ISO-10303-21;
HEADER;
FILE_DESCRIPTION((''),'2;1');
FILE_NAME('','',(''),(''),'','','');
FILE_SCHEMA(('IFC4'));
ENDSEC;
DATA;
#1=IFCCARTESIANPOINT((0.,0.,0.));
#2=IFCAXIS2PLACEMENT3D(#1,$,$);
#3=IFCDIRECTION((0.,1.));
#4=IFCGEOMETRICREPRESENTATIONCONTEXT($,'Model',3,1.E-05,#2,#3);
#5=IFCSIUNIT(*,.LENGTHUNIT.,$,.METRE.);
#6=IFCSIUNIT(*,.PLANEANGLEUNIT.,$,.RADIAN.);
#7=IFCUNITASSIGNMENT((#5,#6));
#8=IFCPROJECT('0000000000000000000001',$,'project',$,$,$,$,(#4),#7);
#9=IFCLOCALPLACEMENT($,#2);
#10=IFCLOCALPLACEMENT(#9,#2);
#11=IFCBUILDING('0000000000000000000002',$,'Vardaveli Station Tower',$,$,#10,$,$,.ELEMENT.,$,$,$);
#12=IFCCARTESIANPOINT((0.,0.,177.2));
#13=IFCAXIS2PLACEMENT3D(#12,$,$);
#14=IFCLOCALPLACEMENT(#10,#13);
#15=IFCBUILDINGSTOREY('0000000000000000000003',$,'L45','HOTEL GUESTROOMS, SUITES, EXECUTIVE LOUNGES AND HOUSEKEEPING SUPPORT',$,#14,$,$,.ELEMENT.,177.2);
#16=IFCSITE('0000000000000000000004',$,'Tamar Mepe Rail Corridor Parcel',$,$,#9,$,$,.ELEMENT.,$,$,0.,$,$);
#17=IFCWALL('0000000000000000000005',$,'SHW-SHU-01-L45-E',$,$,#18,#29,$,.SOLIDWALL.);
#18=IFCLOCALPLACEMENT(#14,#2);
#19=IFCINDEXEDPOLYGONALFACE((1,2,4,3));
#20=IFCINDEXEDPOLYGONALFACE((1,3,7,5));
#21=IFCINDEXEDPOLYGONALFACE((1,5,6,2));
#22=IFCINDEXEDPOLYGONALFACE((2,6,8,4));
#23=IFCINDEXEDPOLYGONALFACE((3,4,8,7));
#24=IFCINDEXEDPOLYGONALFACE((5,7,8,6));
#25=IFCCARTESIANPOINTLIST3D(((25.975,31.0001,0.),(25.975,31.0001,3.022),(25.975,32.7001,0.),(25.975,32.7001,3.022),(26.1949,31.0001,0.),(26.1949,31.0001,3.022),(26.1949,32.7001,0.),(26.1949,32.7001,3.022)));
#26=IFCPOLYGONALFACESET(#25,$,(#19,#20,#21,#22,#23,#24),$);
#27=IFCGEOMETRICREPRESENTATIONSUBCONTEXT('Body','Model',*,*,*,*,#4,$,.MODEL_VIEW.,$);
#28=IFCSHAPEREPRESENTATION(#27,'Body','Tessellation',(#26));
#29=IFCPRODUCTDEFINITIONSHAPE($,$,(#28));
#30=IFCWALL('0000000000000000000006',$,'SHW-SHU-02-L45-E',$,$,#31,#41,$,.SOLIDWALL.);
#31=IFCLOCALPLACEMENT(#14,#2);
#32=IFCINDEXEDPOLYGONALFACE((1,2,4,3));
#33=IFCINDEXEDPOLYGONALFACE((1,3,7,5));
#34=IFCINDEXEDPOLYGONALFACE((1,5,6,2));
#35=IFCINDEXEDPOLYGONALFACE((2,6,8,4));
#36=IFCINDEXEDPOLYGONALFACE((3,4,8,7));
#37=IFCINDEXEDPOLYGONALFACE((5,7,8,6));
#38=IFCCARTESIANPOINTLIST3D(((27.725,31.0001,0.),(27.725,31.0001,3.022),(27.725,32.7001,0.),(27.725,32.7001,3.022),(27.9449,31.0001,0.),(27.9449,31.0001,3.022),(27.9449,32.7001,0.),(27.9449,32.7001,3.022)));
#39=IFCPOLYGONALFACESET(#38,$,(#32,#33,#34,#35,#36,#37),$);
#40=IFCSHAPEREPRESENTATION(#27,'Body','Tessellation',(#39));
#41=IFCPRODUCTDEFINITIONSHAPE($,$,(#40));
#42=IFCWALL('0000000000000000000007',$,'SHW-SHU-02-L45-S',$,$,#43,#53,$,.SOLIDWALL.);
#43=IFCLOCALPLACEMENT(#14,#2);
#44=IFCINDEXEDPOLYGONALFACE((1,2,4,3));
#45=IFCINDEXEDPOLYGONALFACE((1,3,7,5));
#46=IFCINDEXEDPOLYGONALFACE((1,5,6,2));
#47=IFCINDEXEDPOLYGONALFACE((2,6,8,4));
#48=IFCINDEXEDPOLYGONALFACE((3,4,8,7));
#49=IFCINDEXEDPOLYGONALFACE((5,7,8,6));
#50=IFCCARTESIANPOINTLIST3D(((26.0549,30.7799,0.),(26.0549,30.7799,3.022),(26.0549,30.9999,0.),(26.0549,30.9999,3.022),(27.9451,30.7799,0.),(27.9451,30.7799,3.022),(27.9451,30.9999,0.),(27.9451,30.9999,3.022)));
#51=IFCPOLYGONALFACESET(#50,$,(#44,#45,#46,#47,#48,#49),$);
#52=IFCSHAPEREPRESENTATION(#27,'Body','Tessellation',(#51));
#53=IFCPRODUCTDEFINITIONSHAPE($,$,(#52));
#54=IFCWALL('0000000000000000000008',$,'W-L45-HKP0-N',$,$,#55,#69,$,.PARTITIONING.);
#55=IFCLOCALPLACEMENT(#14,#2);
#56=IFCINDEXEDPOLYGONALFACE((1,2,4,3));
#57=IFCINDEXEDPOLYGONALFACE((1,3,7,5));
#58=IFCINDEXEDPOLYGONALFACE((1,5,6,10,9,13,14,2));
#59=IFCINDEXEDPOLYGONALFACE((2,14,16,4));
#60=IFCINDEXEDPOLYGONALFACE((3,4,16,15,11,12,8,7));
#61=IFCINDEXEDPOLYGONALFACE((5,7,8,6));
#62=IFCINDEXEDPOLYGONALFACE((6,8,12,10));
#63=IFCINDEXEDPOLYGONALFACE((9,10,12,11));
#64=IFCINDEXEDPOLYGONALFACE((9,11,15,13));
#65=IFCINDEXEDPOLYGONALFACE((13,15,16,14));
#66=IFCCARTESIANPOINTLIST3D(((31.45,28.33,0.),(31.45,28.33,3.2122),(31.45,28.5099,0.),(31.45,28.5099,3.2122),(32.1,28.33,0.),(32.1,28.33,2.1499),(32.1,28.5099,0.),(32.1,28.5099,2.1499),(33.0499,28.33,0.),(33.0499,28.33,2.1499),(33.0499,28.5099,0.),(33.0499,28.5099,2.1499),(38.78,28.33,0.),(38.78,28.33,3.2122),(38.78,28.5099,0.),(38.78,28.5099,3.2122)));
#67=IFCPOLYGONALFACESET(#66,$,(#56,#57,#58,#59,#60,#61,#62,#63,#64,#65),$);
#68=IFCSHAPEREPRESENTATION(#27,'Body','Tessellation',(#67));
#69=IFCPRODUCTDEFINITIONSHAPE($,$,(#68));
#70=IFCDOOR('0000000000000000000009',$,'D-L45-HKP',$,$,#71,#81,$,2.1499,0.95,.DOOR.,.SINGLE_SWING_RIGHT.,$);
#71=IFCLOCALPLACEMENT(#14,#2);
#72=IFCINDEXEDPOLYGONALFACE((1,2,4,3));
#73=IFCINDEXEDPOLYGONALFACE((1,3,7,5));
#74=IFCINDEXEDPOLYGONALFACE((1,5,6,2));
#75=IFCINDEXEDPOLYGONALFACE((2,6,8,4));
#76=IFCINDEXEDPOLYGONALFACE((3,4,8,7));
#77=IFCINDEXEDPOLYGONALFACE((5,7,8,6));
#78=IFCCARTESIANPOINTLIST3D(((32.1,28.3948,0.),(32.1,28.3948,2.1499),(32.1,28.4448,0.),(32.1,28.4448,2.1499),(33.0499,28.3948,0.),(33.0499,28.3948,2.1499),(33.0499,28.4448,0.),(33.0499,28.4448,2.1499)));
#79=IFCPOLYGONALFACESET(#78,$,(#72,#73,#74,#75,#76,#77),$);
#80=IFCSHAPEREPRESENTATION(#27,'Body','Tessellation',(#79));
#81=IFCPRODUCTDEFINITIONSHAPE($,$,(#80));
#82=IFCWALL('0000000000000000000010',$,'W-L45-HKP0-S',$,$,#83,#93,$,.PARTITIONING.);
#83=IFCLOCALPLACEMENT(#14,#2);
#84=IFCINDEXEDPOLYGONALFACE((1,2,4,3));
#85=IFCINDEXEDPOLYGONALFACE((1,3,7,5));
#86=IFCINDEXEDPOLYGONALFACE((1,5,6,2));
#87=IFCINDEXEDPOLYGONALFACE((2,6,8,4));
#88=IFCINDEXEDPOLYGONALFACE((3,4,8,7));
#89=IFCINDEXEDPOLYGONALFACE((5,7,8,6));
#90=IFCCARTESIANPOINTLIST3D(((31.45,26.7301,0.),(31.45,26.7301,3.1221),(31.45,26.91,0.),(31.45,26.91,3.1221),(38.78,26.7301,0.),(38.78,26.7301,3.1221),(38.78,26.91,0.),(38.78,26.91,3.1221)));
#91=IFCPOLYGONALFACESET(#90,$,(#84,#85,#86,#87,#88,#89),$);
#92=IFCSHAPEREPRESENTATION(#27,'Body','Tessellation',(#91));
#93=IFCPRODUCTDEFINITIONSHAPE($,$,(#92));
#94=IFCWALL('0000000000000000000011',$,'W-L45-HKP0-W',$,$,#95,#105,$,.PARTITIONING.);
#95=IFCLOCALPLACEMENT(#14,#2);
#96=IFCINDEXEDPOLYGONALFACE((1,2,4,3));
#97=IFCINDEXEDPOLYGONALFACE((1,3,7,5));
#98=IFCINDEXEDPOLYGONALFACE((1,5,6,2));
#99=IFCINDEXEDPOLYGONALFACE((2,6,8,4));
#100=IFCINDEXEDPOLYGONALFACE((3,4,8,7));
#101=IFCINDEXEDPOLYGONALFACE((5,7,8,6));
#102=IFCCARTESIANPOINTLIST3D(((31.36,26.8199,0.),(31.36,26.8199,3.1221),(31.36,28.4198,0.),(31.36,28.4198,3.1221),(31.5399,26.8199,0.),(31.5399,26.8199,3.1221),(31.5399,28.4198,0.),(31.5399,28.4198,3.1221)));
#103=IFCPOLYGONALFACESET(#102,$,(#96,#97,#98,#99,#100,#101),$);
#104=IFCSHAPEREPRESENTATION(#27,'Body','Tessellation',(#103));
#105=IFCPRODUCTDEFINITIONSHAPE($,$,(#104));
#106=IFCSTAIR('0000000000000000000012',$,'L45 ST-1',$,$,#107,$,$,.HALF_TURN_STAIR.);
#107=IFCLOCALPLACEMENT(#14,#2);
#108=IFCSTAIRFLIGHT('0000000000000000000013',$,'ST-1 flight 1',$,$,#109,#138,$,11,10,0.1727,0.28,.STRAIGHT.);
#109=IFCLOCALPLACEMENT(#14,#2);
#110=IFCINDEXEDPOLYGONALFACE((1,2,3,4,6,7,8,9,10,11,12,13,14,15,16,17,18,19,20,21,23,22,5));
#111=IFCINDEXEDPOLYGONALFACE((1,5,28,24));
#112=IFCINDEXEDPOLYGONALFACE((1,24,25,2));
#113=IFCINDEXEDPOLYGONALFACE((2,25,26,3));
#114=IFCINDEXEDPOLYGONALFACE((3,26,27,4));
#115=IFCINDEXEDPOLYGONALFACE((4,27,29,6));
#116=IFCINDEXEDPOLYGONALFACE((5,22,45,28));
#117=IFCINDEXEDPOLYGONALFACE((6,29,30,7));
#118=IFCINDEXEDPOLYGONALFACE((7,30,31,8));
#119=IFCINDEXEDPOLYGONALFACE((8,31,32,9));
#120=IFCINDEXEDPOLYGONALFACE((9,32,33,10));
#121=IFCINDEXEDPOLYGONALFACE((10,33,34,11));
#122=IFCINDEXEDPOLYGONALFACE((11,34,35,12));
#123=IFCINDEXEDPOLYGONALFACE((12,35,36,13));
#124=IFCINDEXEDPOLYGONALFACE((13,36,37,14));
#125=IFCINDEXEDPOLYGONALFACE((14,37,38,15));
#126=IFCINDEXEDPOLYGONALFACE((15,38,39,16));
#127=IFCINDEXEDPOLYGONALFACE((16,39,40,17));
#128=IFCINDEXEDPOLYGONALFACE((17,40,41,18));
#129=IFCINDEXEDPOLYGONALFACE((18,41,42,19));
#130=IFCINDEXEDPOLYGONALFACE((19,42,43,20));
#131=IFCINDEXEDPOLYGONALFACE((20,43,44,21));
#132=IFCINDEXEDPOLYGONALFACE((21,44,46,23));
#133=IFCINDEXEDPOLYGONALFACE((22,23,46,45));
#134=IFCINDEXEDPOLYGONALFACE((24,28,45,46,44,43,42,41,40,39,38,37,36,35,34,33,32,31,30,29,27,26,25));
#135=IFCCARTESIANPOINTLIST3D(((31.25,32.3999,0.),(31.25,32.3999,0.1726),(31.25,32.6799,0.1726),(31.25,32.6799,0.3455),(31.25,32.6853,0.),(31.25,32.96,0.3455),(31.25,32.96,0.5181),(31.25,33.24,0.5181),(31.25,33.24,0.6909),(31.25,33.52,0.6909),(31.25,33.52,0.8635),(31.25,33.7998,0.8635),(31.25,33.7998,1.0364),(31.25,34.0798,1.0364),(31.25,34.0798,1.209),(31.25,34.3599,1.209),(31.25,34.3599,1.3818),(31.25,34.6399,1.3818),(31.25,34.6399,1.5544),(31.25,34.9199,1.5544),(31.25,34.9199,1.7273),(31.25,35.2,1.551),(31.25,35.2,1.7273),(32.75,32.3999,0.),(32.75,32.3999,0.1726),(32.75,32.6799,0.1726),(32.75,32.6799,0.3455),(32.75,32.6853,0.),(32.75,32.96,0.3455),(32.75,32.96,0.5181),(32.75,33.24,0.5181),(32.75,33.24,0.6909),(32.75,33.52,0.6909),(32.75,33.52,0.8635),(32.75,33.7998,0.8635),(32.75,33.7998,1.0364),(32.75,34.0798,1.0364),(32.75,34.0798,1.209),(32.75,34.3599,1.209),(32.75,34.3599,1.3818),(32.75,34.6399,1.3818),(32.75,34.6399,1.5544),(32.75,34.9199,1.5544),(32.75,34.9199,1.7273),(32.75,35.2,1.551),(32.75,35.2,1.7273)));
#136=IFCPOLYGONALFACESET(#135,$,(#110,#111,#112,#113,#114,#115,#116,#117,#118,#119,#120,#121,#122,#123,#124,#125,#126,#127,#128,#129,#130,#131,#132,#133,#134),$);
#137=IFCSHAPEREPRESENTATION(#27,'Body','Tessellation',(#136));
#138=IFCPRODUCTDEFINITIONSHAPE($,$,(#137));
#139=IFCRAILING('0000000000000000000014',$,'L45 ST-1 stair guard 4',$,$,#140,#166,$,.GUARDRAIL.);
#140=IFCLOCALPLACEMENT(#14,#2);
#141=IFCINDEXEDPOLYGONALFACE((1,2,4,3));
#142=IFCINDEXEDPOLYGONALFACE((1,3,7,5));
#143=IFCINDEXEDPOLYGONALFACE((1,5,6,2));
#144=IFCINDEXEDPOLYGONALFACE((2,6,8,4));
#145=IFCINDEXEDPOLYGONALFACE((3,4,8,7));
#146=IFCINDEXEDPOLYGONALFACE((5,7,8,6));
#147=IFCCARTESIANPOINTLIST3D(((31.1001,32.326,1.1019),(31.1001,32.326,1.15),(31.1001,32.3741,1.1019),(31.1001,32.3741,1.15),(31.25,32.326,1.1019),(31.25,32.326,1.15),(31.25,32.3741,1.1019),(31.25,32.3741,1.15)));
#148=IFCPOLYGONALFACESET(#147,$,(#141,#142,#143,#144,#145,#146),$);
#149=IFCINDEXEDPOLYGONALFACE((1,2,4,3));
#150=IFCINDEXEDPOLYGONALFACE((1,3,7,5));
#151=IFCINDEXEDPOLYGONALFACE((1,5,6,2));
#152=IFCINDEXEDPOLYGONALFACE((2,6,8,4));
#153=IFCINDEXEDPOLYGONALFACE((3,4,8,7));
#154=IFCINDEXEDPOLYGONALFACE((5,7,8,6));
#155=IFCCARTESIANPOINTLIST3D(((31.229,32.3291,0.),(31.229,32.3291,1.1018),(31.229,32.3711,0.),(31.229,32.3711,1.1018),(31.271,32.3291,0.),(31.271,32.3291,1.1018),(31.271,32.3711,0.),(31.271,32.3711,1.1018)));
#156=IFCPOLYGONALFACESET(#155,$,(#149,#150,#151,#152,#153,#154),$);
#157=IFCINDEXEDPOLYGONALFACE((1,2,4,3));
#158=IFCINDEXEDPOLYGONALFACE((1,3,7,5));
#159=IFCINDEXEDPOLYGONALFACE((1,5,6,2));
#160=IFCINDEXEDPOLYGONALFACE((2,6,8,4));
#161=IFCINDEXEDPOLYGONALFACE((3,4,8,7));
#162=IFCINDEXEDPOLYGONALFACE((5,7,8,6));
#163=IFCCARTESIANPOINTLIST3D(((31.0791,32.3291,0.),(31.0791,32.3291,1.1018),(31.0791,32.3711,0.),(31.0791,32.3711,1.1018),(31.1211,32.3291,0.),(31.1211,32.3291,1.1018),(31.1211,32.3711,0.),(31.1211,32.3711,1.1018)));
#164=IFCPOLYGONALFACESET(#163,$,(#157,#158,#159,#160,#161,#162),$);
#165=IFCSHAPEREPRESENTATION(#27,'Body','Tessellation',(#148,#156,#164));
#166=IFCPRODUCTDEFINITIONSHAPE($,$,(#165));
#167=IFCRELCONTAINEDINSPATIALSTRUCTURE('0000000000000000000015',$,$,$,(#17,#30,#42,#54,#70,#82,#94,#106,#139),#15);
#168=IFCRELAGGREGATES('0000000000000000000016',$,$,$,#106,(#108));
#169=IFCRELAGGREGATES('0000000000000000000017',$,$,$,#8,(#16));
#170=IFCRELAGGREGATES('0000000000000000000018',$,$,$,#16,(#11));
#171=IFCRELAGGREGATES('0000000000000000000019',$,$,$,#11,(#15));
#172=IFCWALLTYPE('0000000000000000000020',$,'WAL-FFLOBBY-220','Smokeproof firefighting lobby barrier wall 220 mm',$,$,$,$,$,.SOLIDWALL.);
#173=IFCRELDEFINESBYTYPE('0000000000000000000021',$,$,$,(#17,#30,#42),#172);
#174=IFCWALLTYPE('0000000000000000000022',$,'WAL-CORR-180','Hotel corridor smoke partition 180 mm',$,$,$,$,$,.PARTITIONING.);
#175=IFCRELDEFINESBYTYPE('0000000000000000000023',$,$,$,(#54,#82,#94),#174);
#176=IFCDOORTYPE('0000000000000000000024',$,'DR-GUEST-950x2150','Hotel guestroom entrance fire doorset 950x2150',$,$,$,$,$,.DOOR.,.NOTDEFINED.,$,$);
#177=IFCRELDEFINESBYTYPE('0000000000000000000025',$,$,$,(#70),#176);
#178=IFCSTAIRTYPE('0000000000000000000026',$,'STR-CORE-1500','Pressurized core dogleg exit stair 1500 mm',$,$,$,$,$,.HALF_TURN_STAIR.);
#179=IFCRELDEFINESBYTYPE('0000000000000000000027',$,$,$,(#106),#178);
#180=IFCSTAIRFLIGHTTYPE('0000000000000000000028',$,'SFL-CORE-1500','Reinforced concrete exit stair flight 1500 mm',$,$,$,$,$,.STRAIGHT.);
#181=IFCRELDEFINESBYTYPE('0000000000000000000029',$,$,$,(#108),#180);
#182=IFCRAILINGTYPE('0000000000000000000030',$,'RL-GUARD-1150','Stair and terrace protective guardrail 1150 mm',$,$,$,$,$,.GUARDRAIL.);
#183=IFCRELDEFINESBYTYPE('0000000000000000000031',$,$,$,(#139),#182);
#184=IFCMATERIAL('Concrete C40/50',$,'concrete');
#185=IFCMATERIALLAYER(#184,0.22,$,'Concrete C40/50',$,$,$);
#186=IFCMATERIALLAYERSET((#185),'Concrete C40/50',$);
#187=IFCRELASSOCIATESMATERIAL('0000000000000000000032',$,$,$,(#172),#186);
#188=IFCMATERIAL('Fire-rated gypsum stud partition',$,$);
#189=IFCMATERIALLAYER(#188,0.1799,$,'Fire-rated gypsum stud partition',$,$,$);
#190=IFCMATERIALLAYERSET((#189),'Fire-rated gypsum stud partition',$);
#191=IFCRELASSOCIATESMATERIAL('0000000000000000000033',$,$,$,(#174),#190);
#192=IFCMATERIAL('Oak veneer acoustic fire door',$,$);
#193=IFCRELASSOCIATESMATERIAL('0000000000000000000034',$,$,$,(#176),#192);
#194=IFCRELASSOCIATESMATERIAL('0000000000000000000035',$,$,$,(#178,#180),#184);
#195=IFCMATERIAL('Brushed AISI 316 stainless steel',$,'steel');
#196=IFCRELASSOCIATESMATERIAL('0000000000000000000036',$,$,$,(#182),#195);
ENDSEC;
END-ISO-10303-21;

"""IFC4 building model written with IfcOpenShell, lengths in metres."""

from ifc_helpers import new_model, si_unit, direction, frame, frame_2d, origin, origin_2d, place, context, subcontext, project, spatial, polyline, rectangle, outline, extrude, source, transform, mapped, material, layer, layer_set, type_object, element, fill, aggregate, save


model = new_model("IFC4")

# Units and contexts
model_context = context("Model", 3, precision=1e-05, world=origin(), true_north=direction((0.0, 1.0)))
body_context = subcontext(model_context, "Body", "Model", "MODEL_VIEW")
ifc_project = project(units=[si_unit("LENGTHUNIT", "METRE"), si_unit("PLANEANGLEUNIT", "RADIAN")], contexts=[model_context])

# Site, building, storey
site_placement = place(None, origin())
site = spatial("IfcSite", under=ifc_project, at=site_placement, Name="Tamar Mepe Rail Corridor Parcel", CompositionType="ELEMENT", RefElevation=0.0)
building_placement = place(site_placement, origin())
building = spatial("IfcBuilding", under=site, at=building_placement, Name="Vardaveli Station Tower", CompositionType="ELEMENT")
storey_placement = place(building_placement, frame((0.0, 0.0, 177.2)))
storey = spatial("IfcBuildingStorey", under=building, at=storey_placement, Name="L45", Description="HOTEL GUESTROOMS, SUITES, EXECUTIVE LOUNGES AND HOUSEKEEPING SUPPORT", CompositionType="ELEMENT", Elevation=177.2)

# Shared definitions
ifc_material_1 = material(Name="Concrete C40/50", Category="concrete")

# Shared definitions
ifc_layer_1 = layer(ifc_material_1, 0.22, Name="Concrete C40/50")
ifc_layer_set_1 = layer_set([ifc_layer_1], Name="Concrete C40/50")
wall_type_1 = type_object("IfcWallType", Name="WAL-FFLOBBY-220", Description="Smokeproof firefighting lobby barrier wall 220 mm", PredefinedType="SOLIDWALL", material=ifc_layer_set_1)

# Walls
shared_shape_1 = source(origin(), body_context, "Body", "SweptSolid", [
    extrude(rectangle(XDim=1.7, YDim=0.22, at=frame_2d((0.8501, 0.0))), origin(), (0.0, 0.0, 1.0), 3.022),
])
for number, where, z_axis, x_axis, name in (
    (1, (26.085, 31.0, 0.0), (0.0, 0.0, 1.0), (0.0, 1.0, 0.0), "SHW-SHU-01-L45-E"),
    (2, (27.835, 31.0, 0.0), (0.0, 0.0, 1.0), (0.0, 1.0, 0.0), "SHW-SHU-02-L45-E"),
):
    element("IfcWall", number, at=place(storey_placement, frame(where, z_axis=z_axis, x_axis=x_axis)), inside=storey, type_object=wall_type_1, Name=name, PredefinedType="SOLIDWALL", context=body_context, shape_type="MappedRepresentation", body=[
        mapped(shared_shape_1, transform((0.0, 0.0, 0.0), scale=1.0)),
    ])
shared_shape_2 = source(origin(), body_context, "Body", "SweptSolid", [
    extrude(rectangle(XDim=1.8901, YDim=0.22, at=frame_2d((0.9451, 0.0))), origin(), (0.0, 0.0, 1.0), 3.022),
])
wall_1_placement = place(storey_placement, frame((26.0549, 30.8899, 0.0), z_axis=(0.0, 0.0, 1.0), x_axis=(1.0, 0.0, 0.0)))
element("IfcWall", 3, at=wall_1_placement, inside=storey, type_object=wall_type_1, Name="SHW-SHU-02-L45-S", PredefinedType="SOLIDWALL", context=body_context, shape_type="MappedRepresentation", body=[
    mapped(shared_shape_2, transform((0.0, 0.0, 0.0), scale=1.0)),
])

# Wall, opening, door
ifc_material_2 = material(Name="Fire-rated gypsum stud partition")
ifc_layer_2 = layer(ifc_material_2, 0.1799, Name="Fire-rated gypsum stud partition")
ifc_layer_set_2 = layer_set([ifc_layer_2], Name="Fire-rated gypsum stud partition")
wall_type_2 = type_object("IfcWallType", Name="WAL-CORR-180", Description="Hotel corridor smoke partition 180 mm", PredefinedType="PARTITIONING", material=ifc_layer_set_2)
shared_shape_3 = source(origin(), body_context, "Body", "SweptSolid", [
    extrude(rectangle(XDim=7.3301, YDim=0.1799, at=frame_2d((3.665, 0.0))), origin(), (0.0, 0.0, 1.0), 3.2122),
])
wall_2_placement = place(storey_placement, frame((31.45, 28.4199, 0.0), z_axis=(0.0, 0.0, 1.0), x_axis=(1.0, 0.0, 0.0)))
wall_2 = element("IfcWall", 4, at=wall_2_placement, inside=storey, type_object=wall_type_2, Name="W-L45-HKP0-N", PredefinedType="PARTITIONING", context=body_context, shape_type="MappedRepresentation", body=[
    mapped(shared_shape_3, transform((0.0, 0.0, 0.0), scale=1.0)),
])
shared_shape_4 = source(origin(), body_context, "Body", "SweptSolid", [
    extrude(rectangle(XDim=0.95, YDim=2.1499, at=frame_2d((0.4751, 1.075))), frame((0.0, 0.1001, 0.0), z_axis=(0.0, -1.0, 0.0), x_axis=(1.0, 0.0, 0.0)), (0.0, 0.0, 1.0), 0.2),
])
opening_1_placement = place(wall_2_placement, frame((0.6499, 0.0, 0.0)))
opening_1 = element("IfcOpeningElement", 5, at=opening_1_placement, cuts=wall_2, PredefinedType="OPENING", context=body_context, shape_type="MappedRepresentation", body=[
    mapped(shared_shape_4, transform((0.0, 0.0, 0.0), scale=1.0)),
])
ifc_material_3 = material(Name="Oak veneer acoustic fire door")
door_type_1 = type_object("IfcDoorType", Name="DR-GUEST-950x2150", Description="Hotel guestroom entrance fire doorset 950x2150", OperationType="NOTDEFINED", PredefinedType="DOOR", material=ifc_material_3)
shared_shape_5 = source(origin(), body_context, "Body", "SweptSolid", [
    extrude(rectangle(XDim=0.95, YDim=2.1499, at=frame_2d((0.4751, 1.075))), frame((0.0, 0.0249, 0.0), z_axis=(0.0, -1.0, 0.0), x_axis=(1.0, 0.0, 0.0)), (0.0, 0.0, 1.0), 0.05),
])
door_1_placement = place(opening_1_placement, origin())
door_1 = element("IfcDoor", 6, at=door_1_placement, inside=storey, type_object=door_type_1, Name="D-L45-HKP", OperationType="SINGLE_SWING_RIGHT", OverallHeight=2.1499, OverallWidth=0.95, PredefinedType="DOOR", context=body_context, shape_type="MappedRepresentation", body=[
    mapped(shared_shape_5, transform((0.0, 0.0, 0.0), scale=1.0)),
])
fill(opening_1, door_1)

# Walls
shared_shape_6 = source(origin(), body_context, "Body", "SweptSolid", [
    extrude(rectangle(XDim=7.3301, YDim=0.1799, at=frame_2d((3.665, 0.0))), origin(), (0.0, 0.0, 1.0), 3.1221),
])
wall_3_placement = place(storey_placement, frame((31.45, 26.8201, 0.0), z_axis=(0.0, 0.0, 1.0), x_axis=(1.0, 0.0, 0.0)))
element("IfcWall", 7, at=wall_3_placement, inside=storey, type_object=wall_type_2, Name="W-L45-HKP0-S", PredefinedType="PARTITIONING", context=body_context, shape_type="MappedRepresentation", body=[
    mapped(shared_shape_6, transform((0.0, 0.0, 0.0), scale=1.0)),
])
shared_shape_7 = source(origin(), body_context, "Body", "SweptSolid", [
    extrude(rectangle(XDim=1.5999, YDim=0.1799, at=frame_2d((0.7998, 0.0))), origin(), (0.0, 0.0, 1.0), 3.1221),
])
wall_4_placement = place(storey_placement, frame((31.45, 26.8201, 0.0), z_axis=(0.0, 0.0, 1.0), x_axis=(0.0, 1.0, 0.0)))
element("IfcWall", 8, at=wall_4_placement, inside=storey, type_object=wall_type_2, Name="W-L45-HKP0-W", PredefinedType="PARTITIONING", context=body_context, shape_type="MappedRepresentation", body=[
    mapped(shared_shape_7, transform((0.0, 0.0, 0.0), scale=1.0)),
])

# Stair, stair flight
stair_type = type_object("IfcStairType", Name="STR-CORE-1500", Description="Pressurized core dogleg exit stair 1500 mm", PredefinedType="HALF_TURN_STAIR", material=ifc_material_1)
stair_placement = place(storey_placement, origin())
stair = element("IfcStair", 9, at=stair_placement, inside=storey, type_object=stair_type, Name="L45 ST-1", PredefinedType="HALF_TURN_STAIR")
stair_flight_type = type_object("IfcStairFlightType", Name="SFL-CORE-1500", Description="Reinforced concrete exit stair flight 1500 mm", PredefinedType="STRAIGHT", material=ifc_material_1)
shared_shape_8 = source(origin(), body_context, "Body", "SweptSolid", [
    extrude(outline(polyline([(0.0, 0.0), (0.0, 0.1726), (0.28, 0.1726), (0.28, 0.3455), (0.5601, 0.3455), (0.5601, 0.5181), (0.8401, 0.5181), (0.8401, 0.6909), (1.1201, 0.6909), (1.1201, 0.8635), (1.3999, 0.8635), (1.3999, 1.0364), (1.6799, 1.0364), (1.6799, 1.209), (1.96, 1.209), (1.96, 1.3818), (2.24, 1.3818), (2.24, 1.5544), (2.52, 1.5544), (2.52, 1.7273), (2.8, 1.7273), (2.8, 1.8999), (2.8, 1.551), (0.2854, 0.0), (0.0, 0.0)])), frame((0.0, 0.75, 0.0), z_axis=(0.0, -1.0, 0.0), x_axis=(1.0, 0.0, 0.0)), (0.0, 0.0, 1.0), 1.5),
])
stair_flight_placement = place(storey_placement, frame((32.0, 32.3999, 0.0), z_axis=(0.0, 0.0, 1.0), x_axis=(0.0, 1.0, 0.0)))
stair_flight = element("IfcStairFlight", 10, at=stair_flight_placement, type_object=stair_flight_type, Name="ST-1 flight 1", NumberOfRisers=11, NumberOfTreads=10, PredefinedType="STRAIGHT", RiserHeight=0.1727, TreadLength=0.28, context=body_context, shape_type="MappedRepresentation", body=[
    mapped(shared_shape_8, transform((0.0, 0.0, 0.0), scale=1.0)),
])
aggregate(stair, [stair_flight])

# Railing
ifc_material_4 = material(Name="Brushed AISI 316 stainless steel", Category="steel")
railing_type_1 = type_object("IfcRailingType", Name="RL-GUARD-1150", Description="Stair and terrace protective guardrail 1150 mm", PredefinedType="GUARDRAIL", material=ifc_material_4)
shared_shape_9 = source(origin(), body_context, "Body", "SweptSolid", [
    extrude(rectangle(XDim=0.0481, YDim=0.0481, at=origin_2d()), frame((0.0, 0.0, 1.126), z_axis=(-1.0, 0.0, 0.0), x_axis=(0.0, -1.0, 0.0)), (0.0, 0.0, 1.0), 0.1499),
    extrude(rectangle(XDim=0.042, YDim=0.042, at=origin_2d()), origin(), (0.0, 0.0, 1.0), 1.1018),
    extrude(rectangle(XDim=0.042, YDim=0.042, at=origin_2d()), frame((-0.1499, 0.0, 0.0)), (0.0, 0.0, 1.0), 1.1018),
])
railing_1_placement = place(storey_placement, frame((31.25, 32.3501, 0.0)))
element("IfcRailing", 11, at=railing_1_placement, inside=storey, type_object=railing_type_1, Name="L45 ST-1 stair guard 4", PredefinedType="GUARDRAIL", context=body_context, shape_type="MappedRepresentation", body=[
    mapped(shared_shape_9, transform((0.0, 0.0, 0.0), scale=1.0)),
])

save(model, "model.ifc")
